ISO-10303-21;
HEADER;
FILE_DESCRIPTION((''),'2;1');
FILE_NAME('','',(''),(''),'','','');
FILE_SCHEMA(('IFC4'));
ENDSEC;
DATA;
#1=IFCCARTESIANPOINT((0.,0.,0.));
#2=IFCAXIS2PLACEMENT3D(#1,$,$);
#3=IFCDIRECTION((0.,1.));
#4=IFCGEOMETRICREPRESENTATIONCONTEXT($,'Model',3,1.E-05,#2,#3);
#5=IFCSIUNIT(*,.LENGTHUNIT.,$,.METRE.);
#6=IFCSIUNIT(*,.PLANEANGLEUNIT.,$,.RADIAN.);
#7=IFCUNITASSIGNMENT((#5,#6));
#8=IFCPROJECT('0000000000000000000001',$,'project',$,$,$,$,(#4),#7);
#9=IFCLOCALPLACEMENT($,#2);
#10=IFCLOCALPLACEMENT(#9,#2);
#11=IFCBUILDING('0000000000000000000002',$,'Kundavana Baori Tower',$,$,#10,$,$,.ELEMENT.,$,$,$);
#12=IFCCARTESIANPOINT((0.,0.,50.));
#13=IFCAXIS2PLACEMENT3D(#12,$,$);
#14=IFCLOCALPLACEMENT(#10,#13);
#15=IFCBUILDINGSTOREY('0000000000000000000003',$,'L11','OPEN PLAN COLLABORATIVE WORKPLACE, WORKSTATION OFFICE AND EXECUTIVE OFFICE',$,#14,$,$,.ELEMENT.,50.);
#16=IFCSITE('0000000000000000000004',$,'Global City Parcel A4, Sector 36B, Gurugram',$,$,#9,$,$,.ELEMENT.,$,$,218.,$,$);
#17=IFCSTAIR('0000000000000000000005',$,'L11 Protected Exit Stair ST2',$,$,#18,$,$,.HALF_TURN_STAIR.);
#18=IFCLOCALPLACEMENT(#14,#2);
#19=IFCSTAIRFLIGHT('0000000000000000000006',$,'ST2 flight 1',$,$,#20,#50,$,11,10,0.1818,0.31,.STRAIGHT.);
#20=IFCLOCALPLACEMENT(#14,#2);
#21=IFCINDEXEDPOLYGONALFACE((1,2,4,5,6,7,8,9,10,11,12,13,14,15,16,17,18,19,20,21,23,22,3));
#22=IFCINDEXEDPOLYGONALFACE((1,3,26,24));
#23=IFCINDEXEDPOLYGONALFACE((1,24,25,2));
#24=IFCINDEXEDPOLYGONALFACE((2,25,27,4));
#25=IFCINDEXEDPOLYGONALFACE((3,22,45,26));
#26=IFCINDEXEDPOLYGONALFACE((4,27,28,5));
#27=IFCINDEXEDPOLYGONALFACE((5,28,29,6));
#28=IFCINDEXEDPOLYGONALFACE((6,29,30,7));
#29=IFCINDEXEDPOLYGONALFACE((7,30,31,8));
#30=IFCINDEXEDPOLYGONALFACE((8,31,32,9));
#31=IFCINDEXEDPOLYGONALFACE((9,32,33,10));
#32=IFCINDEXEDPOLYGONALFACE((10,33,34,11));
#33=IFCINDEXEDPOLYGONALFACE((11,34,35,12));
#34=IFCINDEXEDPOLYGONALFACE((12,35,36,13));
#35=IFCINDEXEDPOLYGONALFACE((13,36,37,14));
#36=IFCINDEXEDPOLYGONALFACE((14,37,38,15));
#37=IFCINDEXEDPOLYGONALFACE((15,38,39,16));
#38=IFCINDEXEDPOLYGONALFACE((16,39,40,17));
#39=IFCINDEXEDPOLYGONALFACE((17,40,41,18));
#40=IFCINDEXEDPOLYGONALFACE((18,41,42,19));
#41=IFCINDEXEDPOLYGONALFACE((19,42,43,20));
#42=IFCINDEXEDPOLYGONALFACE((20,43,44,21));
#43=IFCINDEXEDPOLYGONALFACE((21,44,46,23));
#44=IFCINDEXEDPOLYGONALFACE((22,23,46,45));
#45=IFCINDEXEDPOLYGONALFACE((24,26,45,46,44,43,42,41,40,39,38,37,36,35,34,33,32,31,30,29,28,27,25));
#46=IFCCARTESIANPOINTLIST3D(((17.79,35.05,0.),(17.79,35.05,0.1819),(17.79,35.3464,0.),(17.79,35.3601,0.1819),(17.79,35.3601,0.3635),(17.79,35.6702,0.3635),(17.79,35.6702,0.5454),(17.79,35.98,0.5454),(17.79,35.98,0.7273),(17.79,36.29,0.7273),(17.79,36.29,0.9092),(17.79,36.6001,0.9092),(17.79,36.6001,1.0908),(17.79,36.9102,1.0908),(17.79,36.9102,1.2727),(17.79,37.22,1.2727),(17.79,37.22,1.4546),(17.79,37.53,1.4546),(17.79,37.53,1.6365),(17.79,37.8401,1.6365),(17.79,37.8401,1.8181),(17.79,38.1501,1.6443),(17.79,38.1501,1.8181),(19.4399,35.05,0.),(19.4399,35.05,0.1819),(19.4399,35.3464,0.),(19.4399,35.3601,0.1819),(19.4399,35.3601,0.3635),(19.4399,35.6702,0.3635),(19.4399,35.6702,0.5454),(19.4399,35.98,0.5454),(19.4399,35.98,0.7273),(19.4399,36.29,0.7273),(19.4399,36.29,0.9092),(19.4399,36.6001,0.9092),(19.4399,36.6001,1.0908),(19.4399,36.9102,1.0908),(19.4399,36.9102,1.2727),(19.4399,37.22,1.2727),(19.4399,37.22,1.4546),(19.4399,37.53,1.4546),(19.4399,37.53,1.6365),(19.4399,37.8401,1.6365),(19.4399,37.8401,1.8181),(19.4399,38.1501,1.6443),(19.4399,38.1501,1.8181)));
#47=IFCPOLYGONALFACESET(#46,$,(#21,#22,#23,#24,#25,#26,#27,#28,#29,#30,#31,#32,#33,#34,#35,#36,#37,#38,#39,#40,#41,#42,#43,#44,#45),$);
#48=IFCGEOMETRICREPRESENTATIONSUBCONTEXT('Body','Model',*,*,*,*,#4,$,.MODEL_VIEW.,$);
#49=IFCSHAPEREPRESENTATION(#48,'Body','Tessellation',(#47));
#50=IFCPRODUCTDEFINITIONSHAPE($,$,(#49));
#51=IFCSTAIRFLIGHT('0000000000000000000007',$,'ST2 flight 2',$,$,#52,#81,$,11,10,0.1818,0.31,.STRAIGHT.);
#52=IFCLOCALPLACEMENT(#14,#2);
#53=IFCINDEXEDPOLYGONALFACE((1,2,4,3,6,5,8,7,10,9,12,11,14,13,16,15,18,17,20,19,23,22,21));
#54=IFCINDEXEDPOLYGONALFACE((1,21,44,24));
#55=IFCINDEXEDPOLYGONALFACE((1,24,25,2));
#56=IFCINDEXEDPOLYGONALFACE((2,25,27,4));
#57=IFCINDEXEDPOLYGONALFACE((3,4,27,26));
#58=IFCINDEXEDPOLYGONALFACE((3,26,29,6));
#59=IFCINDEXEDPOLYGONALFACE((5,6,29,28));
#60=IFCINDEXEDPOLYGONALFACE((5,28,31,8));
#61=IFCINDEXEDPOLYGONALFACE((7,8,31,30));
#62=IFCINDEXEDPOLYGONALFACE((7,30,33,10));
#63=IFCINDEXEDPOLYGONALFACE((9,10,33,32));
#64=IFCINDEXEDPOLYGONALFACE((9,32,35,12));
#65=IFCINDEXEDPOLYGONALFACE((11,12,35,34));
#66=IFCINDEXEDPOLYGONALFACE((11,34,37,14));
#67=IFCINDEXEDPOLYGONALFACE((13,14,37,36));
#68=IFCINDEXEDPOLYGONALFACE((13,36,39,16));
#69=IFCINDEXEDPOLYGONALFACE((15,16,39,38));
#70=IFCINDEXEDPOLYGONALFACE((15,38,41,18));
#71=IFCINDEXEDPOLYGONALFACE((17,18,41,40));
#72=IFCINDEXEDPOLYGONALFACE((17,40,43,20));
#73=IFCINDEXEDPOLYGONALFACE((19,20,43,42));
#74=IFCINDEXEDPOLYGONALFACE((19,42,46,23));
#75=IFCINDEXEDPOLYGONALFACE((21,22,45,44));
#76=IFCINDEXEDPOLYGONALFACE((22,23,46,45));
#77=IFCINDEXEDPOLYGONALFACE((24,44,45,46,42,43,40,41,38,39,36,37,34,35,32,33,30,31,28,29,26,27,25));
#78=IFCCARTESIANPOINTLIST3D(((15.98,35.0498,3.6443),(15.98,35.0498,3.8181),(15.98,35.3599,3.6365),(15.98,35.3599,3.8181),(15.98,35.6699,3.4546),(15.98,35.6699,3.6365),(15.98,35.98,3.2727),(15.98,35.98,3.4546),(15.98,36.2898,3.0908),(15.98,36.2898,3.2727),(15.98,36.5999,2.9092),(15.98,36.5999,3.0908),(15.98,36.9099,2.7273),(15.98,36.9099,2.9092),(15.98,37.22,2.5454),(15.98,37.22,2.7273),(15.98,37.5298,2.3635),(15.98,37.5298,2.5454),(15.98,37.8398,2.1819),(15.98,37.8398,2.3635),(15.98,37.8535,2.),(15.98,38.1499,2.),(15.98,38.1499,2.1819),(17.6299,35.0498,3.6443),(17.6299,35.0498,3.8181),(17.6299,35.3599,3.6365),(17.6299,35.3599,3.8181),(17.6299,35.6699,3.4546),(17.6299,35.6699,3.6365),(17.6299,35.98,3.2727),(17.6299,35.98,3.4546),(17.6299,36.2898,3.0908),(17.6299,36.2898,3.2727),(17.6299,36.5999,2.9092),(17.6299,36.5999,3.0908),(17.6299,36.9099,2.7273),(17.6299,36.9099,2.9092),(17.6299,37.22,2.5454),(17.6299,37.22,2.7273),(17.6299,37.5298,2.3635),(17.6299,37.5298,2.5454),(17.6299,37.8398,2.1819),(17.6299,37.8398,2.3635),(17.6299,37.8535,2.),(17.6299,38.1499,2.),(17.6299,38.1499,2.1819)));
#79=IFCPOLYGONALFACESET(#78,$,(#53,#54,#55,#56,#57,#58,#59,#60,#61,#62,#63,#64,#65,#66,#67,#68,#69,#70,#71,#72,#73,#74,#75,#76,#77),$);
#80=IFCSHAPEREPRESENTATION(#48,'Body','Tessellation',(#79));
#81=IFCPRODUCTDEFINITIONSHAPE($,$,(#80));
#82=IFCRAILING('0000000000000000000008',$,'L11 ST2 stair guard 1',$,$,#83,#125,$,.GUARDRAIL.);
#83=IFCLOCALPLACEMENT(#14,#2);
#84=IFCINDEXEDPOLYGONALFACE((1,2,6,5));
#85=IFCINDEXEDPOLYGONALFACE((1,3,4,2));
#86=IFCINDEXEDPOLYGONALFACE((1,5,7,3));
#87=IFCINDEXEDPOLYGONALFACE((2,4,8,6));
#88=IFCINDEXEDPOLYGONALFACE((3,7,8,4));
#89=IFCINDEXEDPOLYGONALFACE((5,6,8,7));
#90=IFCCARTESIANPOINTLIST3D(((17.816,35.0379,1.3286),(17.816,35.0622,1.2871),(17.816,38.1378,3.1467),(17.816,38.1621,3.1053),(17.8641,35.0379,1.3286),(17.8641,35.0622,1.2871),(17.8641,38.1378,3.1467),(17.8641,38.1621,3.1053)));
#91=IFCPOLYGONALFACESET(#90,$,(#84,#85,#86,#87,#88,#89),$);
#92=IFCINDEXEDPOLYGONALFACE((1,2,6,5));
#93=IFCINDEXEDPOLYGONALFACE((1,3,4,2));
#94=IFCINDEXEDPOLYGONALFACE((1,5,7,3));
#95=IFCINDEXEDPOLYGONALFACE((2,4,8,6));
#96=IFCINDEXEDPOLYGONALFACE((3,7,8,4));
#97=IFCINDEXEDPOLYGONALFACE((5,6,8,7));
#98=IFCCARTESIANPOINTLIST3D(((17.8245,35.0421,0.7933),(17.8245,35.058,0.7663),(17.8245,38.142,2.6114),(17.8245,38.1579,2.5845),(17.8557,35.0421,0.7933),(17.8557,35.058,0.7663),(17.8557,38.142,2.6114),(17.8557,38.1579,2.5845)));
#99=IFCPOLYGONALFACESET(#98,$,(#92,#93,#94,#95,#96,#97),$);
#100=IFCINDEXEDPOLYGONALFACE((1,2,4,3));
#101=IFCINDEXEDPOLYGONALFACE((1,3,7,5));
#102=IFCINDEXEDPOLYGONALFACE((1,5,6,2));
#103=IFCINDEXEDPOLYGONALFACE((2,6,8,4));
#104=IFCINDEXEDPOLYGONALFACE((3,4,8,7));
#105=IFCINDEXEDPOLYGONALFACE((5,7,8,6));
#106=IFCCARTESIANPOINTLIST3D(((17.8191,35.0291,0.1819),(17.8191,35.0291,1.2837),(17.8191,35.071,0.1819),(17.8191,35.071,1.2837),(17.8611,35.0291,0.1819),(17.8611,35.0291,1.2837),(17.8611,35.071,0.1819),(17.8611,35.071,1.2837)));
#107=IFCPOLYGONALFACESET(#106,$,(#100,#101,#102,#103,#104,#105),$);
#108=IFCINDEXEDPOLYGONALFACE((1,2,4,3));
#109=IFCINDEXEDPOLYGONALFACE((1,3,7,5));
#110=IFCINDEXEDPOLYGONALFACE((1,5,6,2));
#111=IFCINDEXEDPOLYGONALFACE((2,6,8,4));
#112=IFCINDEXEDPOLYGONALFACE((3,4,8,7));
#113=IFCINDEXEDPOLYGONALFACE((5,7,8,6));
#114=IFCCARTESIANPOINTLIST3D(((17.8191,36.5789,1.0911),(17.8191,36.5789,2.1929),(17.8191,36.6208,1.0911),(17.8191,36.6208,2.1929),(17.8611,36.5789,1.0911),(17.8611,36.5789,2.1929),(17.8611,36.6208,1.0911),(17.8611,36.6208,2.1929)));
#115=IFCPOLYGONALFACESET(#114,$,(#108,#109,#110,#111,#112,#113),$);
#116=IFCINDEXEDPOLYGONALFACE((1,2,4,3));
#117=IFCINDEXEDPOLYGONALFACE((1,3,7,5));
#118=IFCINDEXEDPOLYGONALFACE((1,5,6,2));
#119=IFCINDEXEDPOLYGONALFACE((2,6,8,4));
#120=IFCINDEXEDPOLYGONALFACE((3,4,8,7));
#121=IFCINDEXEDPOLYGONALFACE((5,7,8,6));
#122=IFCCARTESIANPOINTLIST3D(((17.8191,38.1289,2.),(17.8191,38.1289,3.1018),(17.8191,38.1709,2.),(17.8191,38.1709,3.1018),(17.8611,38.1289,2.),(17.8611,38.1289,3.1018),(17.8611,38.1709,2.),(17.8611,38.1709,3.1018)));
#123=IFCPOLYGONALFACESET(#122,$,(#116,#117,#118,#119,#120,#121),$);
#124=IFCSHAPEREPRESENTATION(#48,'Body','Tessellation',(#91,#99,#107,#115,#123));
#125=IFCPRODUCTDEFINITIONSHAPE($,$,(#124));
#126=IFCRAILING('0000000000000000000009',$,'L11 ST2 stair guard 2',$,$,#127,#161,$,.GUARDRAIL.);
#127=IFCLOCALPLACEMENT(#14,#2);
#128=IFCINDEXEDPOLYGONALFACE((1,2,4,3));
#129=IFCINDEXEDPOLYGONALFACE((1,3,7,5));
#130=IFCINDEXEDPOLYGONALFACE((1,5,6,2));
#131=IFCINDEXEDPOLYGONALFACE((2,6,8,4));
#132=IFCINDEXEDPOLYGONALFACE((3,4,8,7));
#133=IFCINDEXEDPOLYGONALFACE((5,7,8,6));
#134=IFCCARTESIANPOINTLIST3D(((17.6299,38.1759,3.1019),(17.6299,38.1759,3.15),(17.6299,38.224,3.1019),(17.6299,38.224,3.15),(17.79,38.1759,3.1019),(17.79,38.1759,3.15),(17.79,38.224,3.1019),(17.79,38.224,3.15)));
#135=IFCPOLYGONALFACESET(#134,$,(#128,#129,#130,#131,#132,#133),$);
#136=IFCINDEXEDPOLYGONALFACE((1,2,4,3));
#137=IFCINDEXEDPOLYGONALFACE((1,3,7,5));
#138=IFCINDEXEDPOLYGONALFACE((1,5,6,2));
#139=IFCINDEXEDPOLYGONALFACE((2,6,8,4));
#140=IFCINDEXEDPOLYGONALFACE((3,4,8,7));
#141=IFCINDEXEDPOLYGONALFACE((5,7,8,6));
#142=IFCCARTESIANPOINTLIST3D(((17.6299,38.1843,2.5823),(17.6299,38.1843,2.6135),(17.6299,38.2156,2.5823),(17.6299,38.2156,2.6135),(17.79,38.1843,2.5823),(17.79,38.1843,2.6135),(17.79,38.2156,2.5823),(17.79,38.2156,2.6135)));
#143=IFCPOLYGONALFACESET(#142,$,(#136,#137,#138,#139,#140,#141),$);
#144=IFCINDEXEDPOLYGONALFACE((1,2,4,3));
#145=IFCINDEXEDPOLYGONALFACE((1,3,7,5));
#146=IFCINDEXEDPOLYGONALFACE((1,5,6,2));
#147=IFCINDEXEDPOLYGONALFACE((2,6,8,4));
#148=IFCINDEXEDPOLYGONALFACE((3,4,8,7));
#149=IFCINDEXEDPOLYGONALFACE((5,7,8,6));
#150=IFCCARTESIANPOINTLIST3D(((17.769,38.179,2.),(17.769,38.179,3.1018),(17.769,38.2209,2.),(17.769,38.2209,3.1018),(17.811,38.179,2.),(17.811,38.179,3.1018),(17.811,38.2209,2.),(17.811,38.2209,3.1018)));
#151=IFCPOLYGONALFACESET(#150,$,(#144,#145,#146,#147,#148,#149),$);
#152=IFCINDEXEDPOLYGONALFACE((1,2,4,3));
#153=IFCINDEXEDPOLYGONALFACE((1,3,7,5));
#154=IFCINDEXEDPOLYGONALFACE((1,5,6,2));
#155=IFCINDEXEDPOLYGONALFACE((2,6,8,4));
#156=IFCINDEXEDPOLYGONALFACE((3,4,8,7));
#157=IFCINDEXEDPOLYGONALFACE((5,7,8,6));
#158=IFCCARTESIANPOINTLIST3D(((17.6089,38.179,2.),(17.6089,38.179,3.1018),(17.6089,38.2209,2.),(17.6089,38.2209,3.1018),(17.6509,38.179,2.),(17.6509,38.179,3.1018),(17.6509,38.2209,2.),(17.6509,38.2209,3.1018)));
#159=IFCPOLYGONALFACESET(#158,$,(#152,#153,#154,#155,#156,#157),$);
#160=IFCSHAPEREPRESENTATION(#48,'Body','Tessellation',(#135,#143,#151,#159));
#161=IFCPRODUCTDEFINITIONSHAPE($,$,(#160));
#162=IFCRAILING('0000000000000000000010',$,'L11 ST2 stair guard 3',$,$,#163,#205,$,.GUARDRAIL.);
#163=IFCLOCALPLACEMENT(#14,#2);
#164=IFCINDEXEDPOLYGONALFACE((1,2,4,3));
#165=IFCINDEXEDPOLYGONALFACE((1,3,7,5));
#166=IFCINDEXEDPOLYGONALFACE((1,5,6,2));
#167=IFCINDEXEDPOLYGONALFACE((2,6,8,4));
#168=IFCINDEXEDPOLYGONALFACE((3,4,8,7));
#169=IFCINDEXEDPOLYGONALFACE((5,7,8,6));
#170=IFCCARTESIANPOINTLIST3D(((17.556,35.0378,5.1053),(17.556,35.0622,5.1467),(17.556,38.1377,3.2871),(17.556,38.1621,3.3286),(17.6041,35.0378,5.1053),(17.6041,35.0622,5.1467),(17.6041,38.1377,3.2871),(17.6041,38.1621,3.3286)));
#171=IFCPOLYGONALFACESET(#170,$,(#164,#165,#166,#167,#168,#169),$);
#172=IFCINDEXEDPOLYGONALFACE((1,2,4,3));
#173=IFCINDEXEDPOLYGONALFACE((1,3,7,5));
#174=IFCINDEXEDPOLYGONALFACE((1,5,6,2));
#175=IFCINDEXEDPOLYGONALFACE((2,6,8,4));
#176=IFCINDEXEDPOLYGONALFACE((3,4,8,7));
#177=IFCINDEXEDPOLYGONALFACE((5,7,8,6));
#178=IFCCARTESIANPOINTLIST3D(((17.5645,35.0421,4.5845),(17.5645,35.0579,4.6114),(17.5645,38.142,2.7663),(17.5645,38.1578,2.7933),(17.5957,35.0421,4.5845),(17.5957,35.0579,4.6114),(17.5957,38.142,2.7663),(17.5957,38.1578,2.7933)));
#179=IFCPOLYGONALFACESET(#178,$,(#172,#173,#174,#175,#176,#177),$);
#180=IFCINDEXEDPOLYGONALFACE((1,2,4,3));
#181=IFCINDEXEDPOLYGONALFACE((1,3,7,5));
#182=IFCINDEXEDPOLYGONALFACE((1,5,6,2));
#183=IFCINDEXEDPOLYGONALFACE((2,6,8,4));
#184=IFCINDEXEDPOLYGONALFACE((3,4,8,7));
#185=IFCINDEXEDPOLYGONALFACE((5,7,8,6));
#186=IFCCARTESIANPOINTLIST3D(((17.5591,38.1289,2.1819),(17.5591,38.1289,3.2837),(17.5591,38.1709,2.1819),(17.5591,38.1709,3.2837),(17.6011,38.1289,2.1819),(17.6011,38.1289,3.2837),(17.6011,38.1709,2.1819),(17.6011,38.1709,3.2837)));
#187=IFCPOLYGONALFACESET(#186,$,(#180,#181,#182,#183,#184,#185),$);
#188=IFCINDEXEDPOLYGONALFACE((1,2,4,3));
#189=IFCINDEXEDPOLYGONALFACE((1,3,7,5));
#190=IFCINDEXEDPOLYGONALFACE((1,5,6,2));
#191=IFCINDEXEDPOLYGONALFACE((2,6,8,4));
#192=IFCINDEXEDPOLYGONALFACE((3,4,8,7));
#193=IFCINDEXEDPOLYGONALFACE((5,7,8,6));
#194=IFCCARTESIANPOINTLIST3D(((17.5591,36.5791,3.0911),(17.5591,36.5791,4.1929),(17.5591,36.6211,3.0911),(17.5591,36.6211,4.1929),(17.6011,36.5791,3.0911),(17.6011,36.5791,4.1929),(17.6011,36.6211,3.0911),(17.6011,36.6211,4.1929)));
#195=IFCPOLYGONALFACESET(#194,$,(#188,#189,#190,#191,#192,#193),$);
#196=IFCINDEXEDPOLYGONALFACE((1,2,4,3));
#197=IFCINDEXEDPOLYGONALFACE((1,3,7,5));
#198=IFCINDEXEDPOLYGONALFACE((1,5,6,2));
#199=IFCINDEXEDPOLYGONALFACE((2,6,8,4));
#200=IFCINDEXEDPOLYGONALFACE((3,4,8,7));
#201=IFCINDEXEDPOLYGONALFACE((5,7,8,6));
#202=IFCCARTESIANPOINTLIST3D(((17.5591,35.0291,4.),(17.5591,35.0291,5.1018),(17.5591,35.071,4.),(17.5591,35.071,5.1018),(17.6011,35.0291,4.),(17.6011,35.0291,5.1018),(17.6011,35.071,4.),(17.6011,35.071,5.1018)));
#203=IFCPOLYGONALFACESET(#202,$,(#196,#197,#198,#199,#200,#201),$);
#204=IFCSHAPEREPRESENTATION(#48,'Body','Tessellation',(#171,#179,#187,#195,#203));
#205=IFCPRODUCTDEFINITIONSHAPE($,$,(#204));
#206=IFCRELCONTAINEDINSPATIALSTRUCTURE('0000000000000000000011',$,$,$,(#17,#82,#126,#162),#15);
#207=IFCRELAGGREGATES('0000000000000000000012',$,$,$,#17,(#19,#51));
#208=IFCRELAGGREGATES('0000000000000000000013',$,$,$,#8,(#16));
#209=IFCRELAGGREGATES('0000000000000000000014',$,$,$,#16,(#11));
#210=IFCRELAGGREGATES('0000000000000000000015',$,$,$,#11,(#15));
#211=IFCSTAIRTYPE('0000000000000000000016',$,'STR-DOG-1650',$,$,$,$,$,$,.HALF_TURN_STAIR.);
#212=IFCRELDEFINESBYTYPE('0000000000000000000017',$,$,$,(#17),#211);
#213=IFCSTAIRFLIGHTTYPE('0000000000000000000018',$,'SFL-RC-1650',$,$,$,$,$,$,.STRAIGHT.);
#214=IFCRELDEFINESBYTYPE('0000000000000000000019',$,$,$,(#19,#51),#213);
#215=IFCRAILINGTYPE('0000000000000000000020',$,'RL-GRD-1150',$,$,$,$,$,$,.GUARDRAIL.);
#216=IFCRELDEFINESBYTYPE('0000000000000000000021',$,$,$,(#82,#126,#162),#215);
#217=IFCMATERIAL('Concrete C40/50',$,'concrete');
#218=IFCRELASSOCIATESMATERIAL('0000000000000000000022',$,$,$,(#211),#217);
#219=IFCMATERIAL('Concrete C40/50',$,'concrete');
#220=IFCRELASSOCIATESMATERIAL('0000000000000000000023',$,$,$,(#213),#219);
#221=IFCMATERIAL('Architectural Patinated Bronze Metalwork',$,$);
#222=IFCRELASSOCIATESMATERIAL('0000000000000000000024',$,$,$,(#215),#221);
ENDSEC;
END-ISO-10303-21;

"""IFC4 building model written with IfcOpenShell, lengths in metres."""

from ifc_helpers import new_model, si_unit, direction, frame, origin, origin_2d, place, context, subcontext, project, spatial, polyline, rectangle, outline, extrude, material, type_object, element, aggregate, save


model = new_model("IFC4")

# Units and contexts
model_context = context("Model", 3, precision=1e-05, world=origin(), true_north=direction((0.0, 1.0)))
body_context = subcontext(model_context, "Body", "Model", "MODEL_VIEW")
ifc_project = project(units=[si_unit("LENGTHUNIT", "METRE"), si_unit("PLANEANGLEUNIT", "RADIAN")], contexts=[model_context])

# Site, building, storey
site_placement = place(None, origin())
site = spatial("IfcSite", under=ifc_project, at=site_placement, Name="Global City Parcel A4, Sector 36B, Gurugram", CompositionType="ELEMENT", RefElevation=218.0)
building_placement = place(site_placement, origin())
building = spatial("IfcBuilding", under=site, at=building_placement, Name="Kundavana Baori Tower", CompositionType="ELEMENT")
storey_placement = place(building_placement, frame((0.0, 0.0, 50.0)))
storey = spatial("IfcBuildingStorey", under=building, at=storey_placement, Name="L11", Description="OPEN PLAN COLLABORATIVE WORKPLACE, WORKSTATION OFFICE AND EXECUTIVE OFFICE", CompositionType="ELEMENT", Elevation=50.0)

# Stair, stair flights
ifc_material_1 = material(Name="Concrete C40/50", Category="concrete")
stair_type = type_object("IfcStairType", Name="STR-DOG-1650", PredefinedType="HALF_TURN_STAIR", material=ifc_material_1)
stair_placement = place(storey_placement, origin())
stair = element("IfcStair", 1, at=stair_placement, inside=storey, type_object=stair_type, Name="L11 Protected Exit Stair ST2", PredefinedType="HALF_TURN_STAIR")
ifc_material_2 = material(Name="Concrete C40/50", Category="concrete")
stair_flight_type = type_object("IfcStairFlightType", Name="SFL-RC-1650", PredefinedType="STRAIGHT", material=ifc_material_2)
stair_flight_1_placement = place(storey_placement, frame((18.615, 35.05, 0.0), z_axis=(0.0, 0.0, 1.0), x_axis=(0.0, 1.0, 0.0)))
stair_flight_1 = element("IfcStairFlight", 2, at=stair_flight_1_placement, type_object=stair_flight_type, Name="ST2 flight 1", NumberOfRisers=11, NumberOfTreads=10, PredefinedType="STRAIGHT", RiserHeight=0.1818, TreadLength=0.31, context=body_context, shape_type="SweptSolid", body=[
    extrude(outline(polyline([(0.0, 0.0), (0.0, 0.1819), (0.3101, 0.1819), (0.3101, 0.3635), (0.6201, 0.3635), (0.6201, 0.5454), (0.9299, 0.5454), (0.9299, 0.7273), (1.24, 0.7273), (1.24, 0.9092), (1.55, 0.9092), (1.55, 1.0908), (1.8601, 1.0908), (1.8601, 1.2727), (2.1699, 1.2727), (2.1699, 1.4546), (2.48, 1.4546), (2.48, 1.6365), (2.79, 1.6365), (2.79, 1.8181), (3.1001, 1.8181), (3.1001, 2.0), (3.1001, 1.6443), (0.2964, 0.0), (0.0, 0.0)])), frame((0.0, 0.825, 0.0), z_axis=(0.0, -1.0, 0.0), x_axis=(1.0, 0.0, 0.0)), (0.0, 0.0, 1.0), 1.6499),
])
stair_flight_2_placement = place(storey_placement, frame((16.8049, 38.1499, 2.0), z_axis=(0.0, 0.0, 1.0), x_axis=(0.0, -1.0, 0.0)))
stair_flight_2 = element("IfcStairFlight", 3, at=stair_flight_2_placement, type_object=stair_flight_type, Name="ST2 flight 2", NumberOfRisers=11, NumberOfTreads=10, PredefinedType="STRAIGHT", RiserHeight=0.1818, TreadLength=0.31, context=body_context, shape_type="SweptSolid", body=[
    extrude(outline(polyline([(0.0, 0.0), (0.0, 0.1819), (0.3101, 0.1819), (0.3101, 0.3635), (0.6201, 0.3635), (0.6201, 0.5454), (0.9299, 0.5454), (0.9299, 0.7273), (1.24, 0.7273), (1.24, 0.9092), (1.55, 0.9092), (1.55, 1.0908), (1.8601, 1.0908), (1.8601, 1.2727), (2.1699, 1.2727), (2.1699, 1.4546), (2.48, 1.4546), (2.48, 1.6365), (2.79, 1.6365), (2.79, 1.8181), (3.1001, 1.8181), (3.1001, 2.0), (3.1001, 1.6443), (0.2964, 0.0), (0.0, 0.0)])), frame((0.0, 0.825, 0.0), z_axis=(0.0, -1.0, 0.0), x_axis=(1.0, 0.0, 0.0)), (0.0, 0.0, 1.0), 1.6499),
])
aggregate(stair, [stair_flight_1, stair_flight_2])

# Railings
ifc_material_3 = material(Name="Architectural Patinated Bronze Metalwork")
railing_type_1 = type_object("IfcRailingType", Name="RL-GRD-1150", PredefinedType="GUARDRAIL", material=ifc_material_3)
railing_1_placement = place(storey_placement, frame((17.8401, 35.05, 0.1819)))
element("IfcRailing", 4, at=railing_1_placement, inside=storey, type_object=railing_type_1, Name="L11 ST2 stair guard 1", PredefinedType="GUARDRAIL", context=body_context, shape_type="SweptSolid", body=[
    extrude(rectangle(XDim=0.0481, YDim=0.0481, at=origin_2d()), frame((0.0, 0.0, 1.126), z_axis=(0.0, 0.862581, 0.505918), x_axis=(-1.0, 0.0, 0.0)), (0.0, 0.0, 1.0), 3.5938),
    extrude(rectangle(XDim=0.0312, YDim=0.0312, at=origin_2d()), frame((0.0, 0.0, 0.5979), z_axis=(0.0, 0.862581, 0.505918), x_axis=(-1.0, 0.0, 0.0)), (0.0, 0.0, 1.0), 3.5938),
    extrude(rectangle(XDim=0.042, YDim=0.042, at=origin_2d()), origin(), (0.0, 0.0, 1.0), 1.1018),
    extrude(rectangle(XDim=0.042, YDim=0.042, at=origin_2d()), frame((0.0, 1.5498, 0.9092)), (0.0, 0.0, 1.0), 1.1018),
    extrude(rectangle(XDim=0.042, YDim=0.042, at=origin_2d()), frame((0.0, 3.0999, 1.8181)), (0.0, 0.0, 1.0), 1.1018),
])
railing_2_placement = place(storey_placement, frame((17.79, 38.2, 2.0)))
element("IfcRailing", 5, at=railing_2_placement, inside=storey, type_object=railing_type_1, Name="L11 ST2 stair guard 2", PredefinedType="GUARDRAIL", context=body_context, shape_type="SweptSolid", body=[
    extrude(rectangle(XDim=0.0481, YDim=0.0481, at=origin_2d()), frame((0.0, 0.0, 1.126), z_axis=(-1.0, 0.0, 0.0), x_axis=(0.0, -1.0, 0.0)), (0.0, 0.0, 1.0), 0.1602),
    extrude(rectangle(XDim=0.0312, YDim=0.0312, at=origin_2d()), frame((0.0, 0.0, 0.5979), z_axis=(-1.0, 0.0, 0.0), x_axis=(0.0, -1.0, 0.0)), (0.0, 0.0, 1.0), 0.1602),
    extrude(rectangle(XDim=0.042, YDim=0.042, at=origin_2d()), origin(), (0.0, 0.0, 1.0), 1.1018),
    extrude(rectangle(XDim=0.042, YDim=0.042, at=origin_2d()), frame((-0.1602, 0.0, 0.0)), (0.0, 0.0, 1.0), 1.1018),
])
railing_3_placement = place(storey_placement, frame((17.5801, 38.1499, 2.1819)))
element("IfcRailing", 6, at=railing_3_placement, inside=storey, type_object=railing_type_1, Name="L11 ST2 stair guard 3", PredefinedType="GUARDRAIL", context=body_context, shape_type="SweptSolid", body=[
    extrude(rectangle(XDim=0.0481, YDim=0.0481, at=origin_2d()), frame((0.0, 0.0, 1.126), z_axis=(0.0, -0.862581, 0.505918), x_axis=(1.0, 0.0, 0.0)), (0.0, 0.0, 1.0), 3.5938),
    extrude(rectangle(XDim=0.0312, YDim=0.0312, at=origin_2d()), frame((0.0, 0.0, 0.5979), z_axis=(0.0, -0.862581, 0.505918), x_axis=(1.0, 0.0, 0.0)), (0.0, 0.0, 1.0), 3.5938),
    extrude(rectangle(XDim=0.042, YDim=0.042, at=origin_2d()), origin(), (0.0, 0.0, 1.0), 1.1018),
    extrude(rectangle(XDim=0.042, YDim=0.042, at=origin_2d()), frame((0.0, -1.5498, 0.9092)), (0.0, 0.0, 1.0), 1.1018),
    extrude(rectangle(XDim=0.042, YDim=0.042, at=origin_2d()), frame((0.0, -3.0999, 1.8181)), (0.0, 0.0, 1.0), 1.1018),
])

save(model, "model.ifc")
